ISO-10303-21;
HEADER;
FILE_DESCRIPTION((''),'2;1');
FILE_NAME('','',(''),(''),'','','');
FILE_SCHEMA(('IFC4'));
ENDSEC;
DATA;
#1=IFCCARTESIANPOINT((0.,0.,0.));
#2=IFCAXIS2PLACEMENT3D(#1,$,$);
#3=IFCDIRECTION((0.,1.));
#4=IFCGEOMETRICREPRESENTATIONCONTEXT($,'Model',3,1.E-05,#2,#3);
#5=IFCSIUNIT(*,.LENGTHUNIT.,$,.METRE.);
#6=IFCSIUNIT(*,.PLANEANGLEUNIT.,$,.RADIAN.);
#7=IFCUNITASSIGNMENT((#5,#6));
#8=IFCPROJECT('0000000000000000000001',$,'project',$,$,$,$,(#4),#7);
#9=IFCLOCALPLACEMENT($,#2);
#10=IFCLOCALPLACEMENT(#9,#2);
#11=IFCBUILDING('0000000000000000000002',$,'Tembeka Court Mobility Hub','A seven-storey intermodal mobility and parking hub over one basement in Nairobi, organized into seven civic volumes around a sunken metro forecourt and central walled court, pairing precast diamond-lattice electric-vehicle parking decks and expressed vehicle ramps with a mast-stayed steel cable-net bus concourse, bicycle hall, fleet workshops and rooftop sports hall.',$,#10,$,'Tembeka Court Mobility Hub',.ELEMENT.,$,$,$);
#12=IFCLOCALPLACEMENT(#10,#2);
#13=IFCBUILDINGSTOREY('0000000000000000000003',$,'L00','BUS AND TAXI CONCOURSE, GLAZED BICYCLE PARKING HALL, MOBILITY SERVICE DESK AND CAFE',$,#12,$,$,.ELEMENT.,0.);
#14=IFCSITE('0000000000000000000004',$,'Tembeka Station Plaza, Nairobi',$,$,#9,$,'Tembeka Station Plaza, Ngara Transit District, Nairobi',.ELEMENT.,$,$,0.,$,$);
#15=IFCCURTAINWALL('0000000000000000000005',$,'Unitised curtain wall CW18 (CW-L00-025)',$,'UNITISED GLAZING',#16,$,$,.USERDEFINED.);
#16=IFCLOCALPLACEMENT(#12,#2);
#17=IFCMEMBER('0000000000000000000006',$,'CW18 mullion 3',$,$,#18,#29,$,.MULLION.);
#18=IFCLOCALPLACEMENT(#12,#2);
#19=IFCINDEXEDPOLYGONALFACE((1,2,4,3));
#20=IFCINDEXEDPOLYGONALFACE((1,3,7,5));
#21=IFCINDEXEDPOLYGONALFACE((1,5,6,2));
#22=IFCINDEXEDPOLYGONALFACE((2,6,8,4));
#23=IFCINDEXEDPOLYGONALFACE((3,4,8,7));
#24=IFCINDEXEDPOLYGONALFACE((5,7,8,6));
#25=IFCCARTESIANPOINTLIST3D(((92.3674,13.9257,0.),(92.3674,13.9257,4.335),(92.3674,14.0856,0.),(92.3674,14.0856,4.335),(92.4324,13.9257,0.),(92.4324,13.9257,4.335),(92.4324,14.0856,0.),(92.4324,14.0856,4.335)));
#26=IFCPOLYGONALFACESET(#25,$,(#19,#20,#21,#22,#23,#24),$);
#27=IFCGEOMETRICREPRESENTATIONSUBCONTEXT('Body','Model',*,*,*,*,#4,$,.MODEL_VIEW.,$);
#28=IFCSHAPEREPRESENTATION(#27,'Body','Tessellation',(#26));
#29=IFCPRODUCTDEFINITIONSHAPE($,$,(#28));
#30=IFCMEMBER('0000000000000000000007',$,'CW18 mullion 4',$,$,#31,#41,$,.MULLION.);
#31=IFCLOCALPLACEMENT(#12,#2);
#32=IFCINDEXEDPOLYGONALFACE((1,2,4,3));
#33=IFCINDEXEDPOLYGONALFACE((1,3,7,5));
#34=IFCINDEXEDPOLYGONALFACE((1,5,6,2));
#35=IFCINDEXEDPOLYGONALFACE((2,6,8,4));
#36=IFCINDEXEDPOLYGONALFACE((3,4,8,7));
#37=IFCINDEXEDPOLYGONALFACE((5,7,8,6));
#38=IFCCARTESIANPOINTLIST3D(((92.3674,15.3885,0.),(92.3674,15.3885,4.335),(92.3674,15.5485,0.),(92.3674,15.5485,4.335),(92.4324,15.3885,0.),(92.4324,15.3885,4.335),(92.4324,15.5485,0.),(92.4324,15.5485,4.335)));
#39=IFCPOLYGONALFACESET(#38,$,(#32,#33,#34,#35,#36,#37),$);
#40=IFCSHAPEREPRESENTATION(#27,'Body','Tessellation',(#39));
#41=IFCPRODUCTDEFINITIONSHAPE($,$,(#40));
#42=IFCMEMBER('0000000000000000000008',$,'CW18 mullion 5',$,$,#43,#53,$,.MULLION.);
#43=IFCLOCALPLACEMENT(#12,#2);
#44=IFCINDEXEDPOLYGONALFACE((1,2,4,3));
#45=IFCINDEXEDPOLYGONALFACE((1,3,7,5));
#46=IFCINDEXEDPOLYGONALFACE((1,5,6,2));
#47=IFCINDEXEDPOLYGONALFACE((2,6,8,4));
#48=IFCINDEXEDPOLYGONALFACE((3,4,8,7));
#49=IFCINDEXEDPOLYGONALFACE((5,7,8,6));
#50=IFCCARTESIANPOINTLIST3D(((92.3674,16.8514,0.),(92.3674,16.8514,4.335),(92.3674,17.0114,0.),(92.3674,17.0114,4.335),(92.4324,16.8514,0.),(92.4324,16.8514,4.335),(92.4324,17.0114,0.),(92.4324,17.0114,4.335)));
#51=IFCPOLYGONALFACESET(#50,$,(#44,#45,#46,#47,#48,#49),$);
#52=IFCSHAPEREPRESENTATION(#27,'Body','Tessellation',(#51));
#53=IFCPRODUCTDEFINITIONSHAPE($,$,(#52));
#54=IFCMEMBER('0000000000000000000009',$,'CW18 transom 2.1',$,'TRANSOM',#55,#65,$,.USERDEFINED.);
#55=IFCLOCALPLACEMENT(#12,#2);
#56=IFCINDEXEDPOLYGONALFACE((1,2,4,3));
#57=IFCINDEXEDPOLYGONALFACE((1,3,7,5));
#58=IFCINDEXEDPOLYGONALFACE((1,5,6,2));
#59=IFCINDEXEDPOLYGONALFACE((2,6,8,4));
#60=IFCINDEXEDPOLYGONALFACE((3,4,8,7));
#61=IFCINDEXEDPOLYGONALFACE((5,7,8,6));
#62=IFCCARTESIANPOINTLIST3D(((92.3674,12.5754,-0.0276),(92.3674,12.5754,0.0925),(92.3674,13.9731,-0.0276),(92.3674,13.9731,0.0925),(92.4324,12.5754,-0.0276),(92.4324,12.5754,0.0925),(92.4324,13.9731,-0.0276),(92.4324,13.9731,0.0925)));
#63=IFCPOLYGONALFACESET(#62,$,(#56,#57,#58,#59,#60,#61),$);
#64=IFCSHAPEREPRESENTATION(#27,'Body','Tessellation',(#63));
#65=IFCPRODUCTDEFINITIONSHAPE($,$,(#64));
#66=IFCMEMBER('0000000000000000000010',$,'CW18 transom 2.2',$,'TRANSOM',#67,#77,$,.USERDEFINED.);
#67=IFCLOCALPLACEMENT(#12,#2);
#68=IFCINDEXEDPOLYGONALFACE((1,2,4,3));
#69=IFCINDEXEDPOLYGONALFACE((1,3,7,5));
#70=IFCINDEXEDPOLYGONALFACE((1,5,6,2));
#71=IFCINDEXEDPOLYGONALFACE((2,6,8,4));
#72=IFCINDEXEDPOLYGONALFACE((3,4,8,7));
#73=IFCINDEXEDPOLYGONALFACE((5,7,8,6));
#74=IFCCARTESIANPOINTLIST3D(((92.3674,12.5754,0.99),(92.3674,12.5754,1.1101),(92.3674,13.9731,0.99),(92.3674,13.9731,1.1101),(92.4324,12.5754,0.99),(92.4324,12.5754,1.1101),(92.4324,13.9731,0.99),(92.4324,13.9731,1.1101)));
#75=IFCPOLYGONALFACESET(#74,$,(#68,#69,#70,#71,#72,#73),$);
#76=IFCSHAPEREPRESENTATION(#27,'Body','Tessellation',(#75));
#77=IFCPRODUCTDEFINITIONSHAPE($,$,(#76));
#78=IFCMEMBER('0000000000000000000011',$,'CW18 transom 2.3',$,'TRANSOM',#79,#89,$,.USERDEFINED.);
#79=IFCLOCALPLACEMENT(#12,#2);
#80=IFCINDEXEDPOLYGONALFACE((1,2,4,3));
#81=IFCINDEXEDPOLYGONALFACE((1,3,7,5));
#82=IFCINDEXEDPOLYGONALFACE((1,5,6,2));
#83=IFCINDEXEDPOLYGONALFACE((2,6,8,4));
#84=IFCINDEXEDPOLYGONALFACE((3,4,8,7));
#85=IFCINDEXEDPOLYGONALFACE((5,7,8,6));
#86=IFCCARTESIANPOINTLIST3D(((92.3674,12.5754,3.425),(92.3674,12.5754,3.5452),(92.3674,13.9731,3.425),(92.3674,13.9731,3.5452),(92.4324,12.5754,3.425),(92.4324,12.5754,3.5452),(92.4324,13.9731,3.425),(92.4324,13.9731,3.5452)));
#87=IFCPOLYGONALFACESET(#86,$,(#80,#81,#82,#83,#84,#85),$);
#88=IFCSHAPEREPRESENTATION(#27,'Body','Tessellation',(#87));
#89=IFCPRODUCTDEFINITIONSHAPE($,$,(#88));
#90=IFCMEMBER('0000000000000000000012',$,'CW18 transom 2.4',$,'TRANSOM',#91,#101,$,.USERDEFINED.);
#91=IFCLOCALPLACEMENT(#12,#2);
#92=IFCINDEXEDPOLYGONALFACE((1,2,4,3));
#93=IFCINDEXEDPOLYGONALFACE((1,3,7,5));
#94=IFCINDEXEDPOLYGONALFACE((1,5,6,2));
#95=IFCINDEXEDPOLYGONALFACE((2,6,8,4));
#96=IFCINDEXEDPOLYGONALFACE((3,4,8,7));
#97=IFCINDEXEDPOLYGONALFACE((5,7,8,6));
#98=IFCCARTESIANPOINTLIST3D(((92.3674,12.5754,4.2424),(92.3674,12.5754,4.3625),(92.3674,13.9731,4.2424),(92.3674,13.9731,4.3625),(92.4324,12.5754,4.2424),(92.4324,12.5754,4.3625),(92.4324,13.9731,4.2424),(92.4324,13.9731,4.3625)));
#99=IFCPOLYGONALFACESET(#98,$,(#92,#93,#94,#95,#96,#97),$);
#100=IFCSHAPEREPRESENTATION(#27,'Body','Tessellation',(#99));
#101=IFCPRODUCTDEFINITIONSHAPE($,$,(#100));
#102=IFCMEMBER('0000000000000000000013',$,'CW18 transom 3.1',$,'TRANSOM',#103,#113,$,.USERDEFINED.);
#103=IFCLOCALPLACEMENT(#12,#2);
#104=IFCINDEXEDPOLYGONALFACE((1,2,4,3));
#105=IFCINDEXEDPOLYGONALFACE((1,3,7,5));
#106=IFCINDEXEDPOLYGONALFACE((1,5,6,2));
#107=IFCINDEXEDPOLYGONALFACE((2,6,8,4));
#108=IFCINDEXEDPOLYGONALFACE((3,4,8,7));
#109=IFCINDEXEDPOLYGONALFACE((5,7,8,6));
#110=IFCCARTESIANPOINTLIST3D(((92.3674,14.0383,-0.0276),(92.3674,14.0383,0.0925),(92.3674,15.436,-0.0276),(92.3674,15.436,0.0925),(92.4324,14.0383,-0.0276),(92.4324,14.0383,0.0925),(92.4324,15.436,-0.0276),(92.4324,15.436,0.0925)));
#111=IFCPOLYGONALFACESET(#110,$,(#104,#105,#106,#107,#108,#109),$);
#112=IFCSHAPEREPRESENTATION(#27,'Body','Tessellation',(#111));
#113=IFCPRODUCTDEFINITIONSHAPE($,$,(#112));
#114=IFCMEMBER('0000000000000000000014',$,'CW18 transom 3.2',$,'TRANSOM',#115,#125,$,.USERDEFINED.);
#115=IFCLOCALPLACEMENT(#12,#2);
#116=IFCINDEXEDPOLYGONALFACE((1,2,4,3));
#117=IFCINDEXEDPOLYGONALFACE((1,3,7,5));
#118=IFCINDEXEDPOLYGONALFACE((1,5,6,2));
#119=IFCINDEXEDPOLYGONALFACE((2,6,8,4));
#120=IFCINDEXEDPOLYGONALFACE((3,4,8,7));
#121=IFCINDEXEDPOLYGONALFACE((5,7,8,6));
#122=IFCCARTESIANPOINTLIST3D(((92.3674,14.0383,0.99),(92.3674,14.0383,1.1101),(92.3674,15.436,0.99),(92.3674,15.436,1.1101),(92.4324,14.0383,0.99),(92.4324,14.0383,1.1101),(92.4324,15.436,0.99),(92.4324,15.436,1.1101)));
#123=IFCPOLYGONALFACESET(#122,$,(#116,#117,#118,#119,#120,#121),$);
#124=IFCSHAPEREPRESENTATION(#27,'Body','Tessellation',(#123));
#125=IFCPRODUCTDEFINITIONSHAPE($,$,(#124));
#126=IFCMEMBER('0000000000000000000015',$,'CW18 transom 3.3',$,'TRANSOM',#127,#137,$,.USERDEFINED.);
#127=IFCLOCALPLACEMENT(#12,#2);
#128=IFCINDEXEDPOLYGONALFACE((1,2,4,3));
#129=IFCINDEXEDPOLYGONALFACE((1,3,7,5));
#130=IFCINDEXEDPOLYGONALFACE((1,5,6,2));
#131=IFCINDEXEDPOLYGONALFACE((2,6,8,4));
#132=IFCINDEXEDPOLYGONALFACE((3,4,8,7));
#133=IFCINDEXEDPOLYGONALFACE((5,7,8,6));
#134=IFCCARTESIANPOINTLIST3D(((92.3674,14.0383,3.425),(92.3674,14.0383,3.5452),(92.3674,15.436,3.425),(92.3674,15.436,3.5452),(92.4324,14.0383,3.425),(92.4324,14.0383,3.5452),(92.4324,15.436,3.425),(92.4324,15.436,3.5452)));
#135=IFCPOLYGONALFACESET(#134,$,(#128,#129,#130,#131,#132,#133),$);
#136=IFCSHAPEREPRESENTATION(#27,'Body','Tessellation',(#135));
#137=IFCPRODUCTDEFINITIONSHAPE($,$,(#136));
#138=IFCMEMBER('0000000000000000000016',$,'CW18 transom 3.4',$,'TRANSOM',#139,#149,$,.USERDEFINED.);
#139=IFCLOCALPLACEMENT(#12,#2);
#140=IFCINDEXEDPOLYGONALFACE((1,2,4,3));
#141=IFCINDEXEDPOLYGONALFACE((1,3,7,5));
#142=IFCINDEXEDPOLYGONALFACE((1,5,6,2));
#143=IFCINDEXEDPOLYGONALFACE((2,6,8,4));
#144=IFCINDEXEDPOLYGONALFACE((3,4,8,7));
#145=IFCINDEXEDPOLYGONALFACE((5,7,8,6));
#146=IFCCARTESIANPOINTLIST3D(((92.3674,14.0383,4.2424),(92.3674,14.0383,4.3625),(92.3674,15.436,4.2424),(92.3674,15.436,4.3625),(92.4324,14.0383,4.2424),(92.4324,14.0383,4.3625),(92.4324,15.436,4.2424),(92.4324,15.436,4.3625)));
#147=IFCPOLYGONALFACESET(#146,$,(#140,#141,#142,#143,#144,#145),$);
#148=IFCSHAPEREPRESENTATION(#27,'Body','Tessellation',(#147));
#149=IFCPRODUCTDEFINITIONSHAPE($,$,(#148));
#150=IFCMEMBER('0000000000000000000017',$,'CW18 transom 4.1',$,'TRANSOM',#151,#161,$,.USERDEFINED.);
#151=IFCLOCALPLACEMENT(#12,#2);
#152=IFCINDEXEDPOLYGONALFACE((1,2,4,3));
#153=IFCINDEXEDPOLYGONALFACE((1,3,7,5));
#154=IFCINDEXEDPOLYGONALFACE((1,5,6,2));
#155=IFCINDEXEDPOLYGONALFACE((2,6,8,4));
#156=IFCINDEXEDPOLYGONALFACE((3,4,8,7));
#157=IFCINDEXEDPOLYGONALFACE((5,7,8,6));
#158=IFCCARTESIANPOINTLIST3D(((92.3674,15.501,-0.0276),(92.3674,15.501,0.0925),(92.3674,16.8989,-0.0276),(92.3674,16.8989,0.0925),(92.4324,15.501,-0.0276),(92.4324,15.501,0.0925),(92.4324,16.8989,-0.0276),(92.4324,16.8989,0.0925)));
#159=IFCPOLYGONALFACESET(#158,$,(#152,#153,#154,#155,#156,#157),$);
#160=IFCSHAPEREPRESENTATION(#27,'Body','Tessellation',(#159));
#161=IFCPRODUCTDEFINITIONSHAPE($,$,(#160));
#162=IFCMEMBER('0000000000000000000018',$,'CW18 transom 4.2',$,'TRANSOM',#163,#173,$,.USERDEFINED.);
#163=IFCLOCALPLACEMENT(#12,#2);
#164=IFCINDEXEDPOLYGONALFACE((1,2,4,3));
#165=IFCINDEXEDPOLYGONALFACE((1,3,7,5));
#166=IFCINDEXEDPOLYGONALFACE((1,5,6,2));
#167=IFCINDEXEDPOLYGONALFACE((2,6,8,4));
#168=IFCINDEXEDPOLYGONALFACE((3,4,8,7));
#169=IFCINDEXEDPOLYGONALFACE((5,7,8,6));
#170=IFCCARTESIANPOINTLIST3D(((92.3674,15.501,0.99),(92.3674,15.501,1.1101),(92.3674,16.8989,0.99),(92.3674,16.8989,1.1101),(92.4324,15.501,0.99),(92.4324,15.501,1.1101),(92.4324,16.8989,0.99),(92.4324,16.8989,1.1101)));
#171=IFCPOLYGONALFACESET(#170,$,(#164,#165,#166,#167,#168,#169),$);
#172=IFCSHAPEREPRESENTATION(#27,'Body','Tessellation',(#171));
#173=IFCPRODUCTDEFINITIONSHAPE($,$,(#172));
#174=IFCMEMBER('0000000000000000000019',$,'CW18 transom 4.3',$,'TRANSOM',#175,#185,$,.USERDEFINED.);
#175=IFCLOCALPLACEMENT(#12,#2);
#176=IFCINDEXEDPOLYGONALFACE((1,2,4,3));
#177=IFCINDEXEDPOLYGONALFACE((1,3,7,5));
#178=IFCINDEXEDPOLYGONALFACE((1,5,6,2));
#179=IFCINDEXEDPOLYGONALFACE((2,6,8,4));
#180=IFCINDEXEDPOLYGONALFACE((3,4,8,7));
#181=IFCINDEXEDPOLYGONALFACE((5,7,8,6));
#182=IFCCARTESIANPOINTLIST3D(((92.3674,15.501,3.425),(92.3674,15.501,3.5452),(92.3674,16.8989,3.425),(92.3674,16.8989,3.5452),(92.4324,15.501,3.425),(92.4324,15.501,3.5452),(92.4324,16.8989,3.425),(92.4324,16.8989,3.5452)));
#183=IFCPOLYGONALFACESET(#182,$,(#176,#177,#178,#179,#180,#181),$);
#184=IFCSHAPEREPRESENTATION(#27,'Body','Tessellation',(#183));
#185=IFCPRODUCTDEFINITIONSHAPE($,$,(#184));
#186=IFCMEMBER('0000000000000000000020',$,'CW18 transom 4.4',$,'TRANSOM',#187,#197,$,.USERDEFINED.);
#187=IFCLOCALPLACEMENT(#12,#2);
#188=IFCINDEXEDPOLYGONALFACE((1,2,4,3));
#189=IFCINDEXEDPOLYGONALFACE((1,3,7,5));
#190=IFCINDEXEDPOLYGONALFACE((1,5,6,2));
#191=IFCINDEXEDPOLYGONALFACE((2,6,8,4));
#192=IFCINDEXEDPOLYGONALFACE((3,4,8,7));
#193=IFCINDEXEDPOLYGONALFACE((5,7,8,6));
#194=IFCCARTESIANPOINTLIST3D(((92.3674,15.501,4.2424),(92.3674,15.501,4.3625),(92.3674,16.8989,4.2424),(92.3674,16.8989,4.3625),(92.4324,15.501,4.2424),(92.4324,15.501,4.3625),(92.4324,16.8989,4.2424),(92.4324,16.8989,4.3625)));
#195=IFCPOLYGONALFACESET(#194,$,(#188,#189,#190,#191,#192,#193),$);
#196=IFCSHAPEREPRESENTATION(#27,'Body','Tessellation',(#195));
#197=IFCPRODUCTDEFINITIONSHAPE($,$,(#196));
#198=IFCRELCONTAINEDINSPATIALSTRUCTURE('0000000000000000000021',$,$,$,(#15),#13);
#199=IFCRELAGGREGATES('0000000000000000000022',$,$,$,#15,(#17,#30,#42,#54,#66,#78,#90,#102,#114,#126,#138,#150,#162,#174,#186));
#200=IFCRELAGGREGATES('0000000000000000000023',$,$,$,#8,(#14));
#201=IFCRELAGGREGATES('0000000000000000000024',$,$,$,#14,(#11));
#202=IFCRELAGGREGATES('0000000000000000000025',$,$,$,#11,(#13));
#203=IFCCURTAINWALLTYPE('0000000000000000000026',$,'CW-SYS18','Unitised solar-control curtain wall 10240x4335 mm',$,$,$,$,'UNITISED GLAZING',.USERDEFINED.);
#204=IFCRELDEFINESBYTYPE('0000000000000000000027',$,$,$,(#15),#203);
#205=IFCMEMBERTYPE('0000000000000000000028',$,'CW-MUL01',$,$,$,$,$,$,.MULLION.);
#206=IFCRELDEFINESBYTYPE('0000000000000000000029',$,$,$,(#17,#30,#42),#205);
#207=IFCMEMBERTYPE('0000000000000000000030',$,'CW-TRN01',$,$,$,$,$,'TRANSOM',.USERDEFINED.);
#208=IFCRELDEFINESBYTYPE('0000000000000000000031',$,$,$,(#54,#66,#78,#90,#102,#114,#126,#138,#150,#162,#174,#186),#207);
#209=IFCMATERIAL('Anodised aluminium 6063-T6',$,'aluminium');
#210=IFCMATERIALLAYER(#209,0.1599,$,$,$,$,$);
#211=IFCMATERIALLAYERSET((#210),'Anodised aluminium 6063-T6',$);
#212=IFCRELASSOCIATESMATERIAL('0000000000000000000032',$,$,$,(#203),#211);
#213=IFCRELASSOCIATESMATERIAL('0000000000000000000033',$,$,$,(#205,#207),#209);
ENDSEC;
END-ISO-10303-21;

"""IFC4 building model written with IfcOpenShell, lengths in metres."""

from ifc_helpers import new_model, si_unit, direction, frame, origin, origin_2d, place, context, subcontext, project, spatial, rectangle, extrude, material, layer, layer_set, material_profile, profile_set, type_object, element, aggregate, save


model = new_model("IFC4")

# Units and contexts
model_context = context("Model", 3, precision=1e-05, world=origin(), true_north=direction((0.0, 1.0)))
body_context = subcontext(model_context, "Body", "Model", "MODEL_VIEW")
ifc_project = project(units=[si_unit("LENGTHUNIT", "METRE"), si_unit("PLANEANGLEUNIT", "RADIAN")], contexts=[model_context])

# Site, building, storey
site_placement = place(None, origin())
site = spatial("IfcSite", under=ifc_project, at=site_placement, Name="Tembeka Station Plaza, Nairobi", LongName="Tembeka Station Plaza, Ngara Transit District, Nairobi", CompositionType="ELEMENT", RefElevation=0.0)
building_placement = place(site_placement, origin())
building = spatial("IfcBuilding", under=site, at=building_placement, Name="Tembeka Court Mobility Hub", Description="A seven-storey intermodal mobility and parking hub over one basement in Nairobi, organized into seven civic volumes around a sunken metro forecourt and central walled court, pairing precast diamond-lattice electric-vehicle parking decks and expressed vehicle ramps with a mast-stayed steel cable-net bus concourse, bicycle hall, fleet workshops and rooftop sports hall.", LongName="Tembeka Court Mobility Hub", CompositionType="ELEMENT")
storey_placement = place(building_placement, origin())
storey = spatial("IfcBuildingStorey", under=building, at=storey_placement, Name="L00", Description="BUS AND TAXI CONCOURSE, GLAZED BICYCLE PARKING HALL, MOBILITY SERVICE DESK AND CAFE", CompositionType="ELEMENT", Elevation=0.0)

# Curtain wall, members
ifc_material_1 = material(Name="Anodised aluminium 6063-T6", Category="aluminium")
ifc_layer_1 = layer(ifc_material_1, 0.1599)
ifc_layer_set_1 = layer_set([ifc_layer_1], Name="Anodised aluminium 6063-T6")
curtain_wall_type = type_object("IfcCurtainWallType", Name="CW-SYS18", Description="Unitised solar-control curtain wall 10240x4335 mm", ElementType="UNITISED GLAZING", PredefinedType="USERDEFINED", material=ifc_layer_set_1)
curtain_wall_placement = place(storey_placement, origin())
curtain_wall = element("IfcCurtainWall", 1, at=curtain_wall_placement, inside=storey, type_object=curtain_wall_type, Name="Unitised curtain wall CW18 (CW-L00-025)", ObjectType="UNITISED GLAZING", PredefinedType="USERDEFINED")
ifc_material_profile_1 = material_profile(ifc_material_1, rectangle(XDim=0.0649, YDim=0.1599, at=origin_2d()), Name="ALU-MUL 65x160")
ifc_profile_set_1 = profile_set([ifc_material_profile_1], Name="Anodised aluminium 6063-T6")
member_type_1 = type_object("IfcMemberType", Name="CW-MUL01", PredefinedType="MULLION", material=ifc_profile_set_1)
member_1_placement = place(storey_placement, frame((92.3999, 14.0056, 0.0), z_axis=(0.0, 0.0, 1.0), x_axis=(-1.0, 0.0, 0.0)))
member_1 = element("IfcMember", 2, at=member_1_placement, type_object=member_type_1, Name="CW18 mullion 3", PredefinedType="MULLION", context=body_context, shape_type="SweptSolid", body=[
    extrude(rectangle(XDim=0.0649, YDim=0.1599, at=origin_2d()), origin(), (0.0, 0.0, 1.0), 4.335),
])
member_2_placement = place(storey_placement, frame((92.3999, 15.4685, 0.0), z_axis=(0.0, 0.0, 1.0), x_axis=(-1.0, 0.0, 0.0)))
member_2 = element("IfcMember", 3, at=member_2_placement, type_object=member_type_1, Name="CW18 mullion 4", PredefinedType="MULLION", context=body_context, shape_type="SweptSolid", body=[
    extrude(rectangle(XDim=0.0649, YDim=0.1599, at=origin_2d()), origin(), (0.0, 0.0, 1.0), 4.335),
])
member_3_placement = place(storey_placement, frame((92.3999, 16.9314, 0.0), z_axis=(0.0, 0.0, 1.0), x_axis=(-1.0, 0.0, 0.0)))
member_3 = element("IfcMember", 4, at=member_3_placement, type_object=member_type_1, Name="CW18 mullion 5", PredefinedType="MULLION", context=body_context, shape_type="SweptSolid", body=[
    extrude(rectangle(XDim=0.0649, YDim=0.1599, at=origin_2d()), origin(), (0.0, 0.0, 1.0), 4.335),
])
ifc_material_profile_2 = material_profile(ifc_material_1, rectangle(XDim=0.0649, YDim=0.1201, at=origin_2d()), Name="ALU-TRN 65x120")
ifc_profile_set_2 = profile_set([ifc_material_profile_2], Name="Anodised aluminium 6063-T6")
member_type_2 = type_object("IfcMemberType", Name="CW-TRN01", ElementType="TRANSOM", PredefinedType="USERDEFINED", material=ifc_profile_set_2)
member_4_placement = place(storey_placement, frame((92.3999, 12.5754, 0.0325), z_axis=(0.0, 1.0, 0.0), x_axis=(-1.0, 0.0, 0.0)))
member_4 = element("IfcMember", 5, at=member_4_placement, type_object=member_type_2, Name="CW18 transom 2.1", ObjectType="TRANSOM", PredefinedType="USERDEFINED", context=body_context, shape_type="SweptSolid", body=[
    extrude(rectangle(XDim=0.0649, YDim=0.1201, at=origin_2d()), origin(), (0.0, 0.0, 1.0), 1.3977),
])
member_5_placement = place(storey_placement, frame((92.3999, 12.5754, 1.05), z_axis=(0.0, 1.0, 0.0), x_axis=(-1.0, 0.0, 0.0)))
member_5 = element("IfcMember", 6, at=member_5_placement, type_object=member_type_2, Name="CW18 transom 2.2", ObjectType="TRANSOM", PredefinedType="USERDEFINED", context=body_context, shape_type="SweptSolid", body=[
    extrude(rectangle(XDim=0.0649, YDim=0.1201, at=origin_2d()), origin(), (0.0, 0.0, 1.0), 1.3977),
])
member_6_placement = place(storey_placement, frame((92.3999, 12.5754, 3.4851), z_axis=(0.0, 1.0, 0.0), x_axis=(-1.0, 0.0, 0.0)))
member_6 = element("IfcMember", 7, at=member_6_placement, type_object=member_type_2, Name="CW18 transom 2.3", ObjectType="TRANSOM", PredefinedType="USERDEFINED", context=body_context, shape_type="SweptSolid", body=[
    extrude(rectangle(XDim=0.0649, YDim=0.1201, at=origin_2d()), origin(), (0.0, 0.0, 1.0), 1.3977),
])
member_7_placement = place(storey_placement, frame((92.3999, 12.5754, 4.3025), z_axis=(0.0, 1.0, 0.0), x_axis=(-1.0, 0.0, 0.0)))
member_7 = element("IfcMember", 8, at=member_7_placement, type_object=member_type_2, Name="CW18 transom 2.4", ObjectType="TRANSOM", PredefinedType="USERDEFINED", context=body_context, shape_type="SweptSolid", body=[
    extrude(rectangle(XDim=0.0649, YDim=0.1201, at=origin_2d()), origin(), (0.0, 0.0, 1.0), 1.3977),
])
member_8_placement = place(storey_placement, frame((92.3999, 14.0383, 0.0325), z_axis=(0.0, 1.0, 0.0), x_axis=(-1.0, 0.0, 0.0)))
member_8 = element("IfcMember", 9, at=member_8_placement, type_object=member_type_2, Name="CW18 transom 3.1", ObjectType="TRANSOM", PredefinedType="USERDEFINED", context=body_context, shape_type="SweptSolid", body=[
    extrude(rectangle(XDim=0.0649, YDim=0.1201, at=origin_2d()), origin(), (0.0, 0.0, 1.0), 1.3977),
])
member_9_placement = place(storey_placement, frame((92.3999, 14.0383, 1.05), z_axis=(0.0, 1.0, 0.0), x_axis=(-1.0, 0.0, 0.0)))
member_9 = element("IfcMember", 10, at=member_9_placement, type_object=member_type_2, Name="CW18 transom 3.2", ObjectType="TRANSOM", PredefinedType="USERDEFINED", context=body_context, shape_type="SweptSolid", body=[
    extrude(rectangle(XDim=0.0649, YDim=0.1201, at=origin_2d()), origin(), (0.0, 0.0, 1.0), 1.3977),
])
member_10_placement = place(storey_placement, frame((92.3999, 14.0383, 3.4851), z_axis=(0.0, 1.0, 0.0), x_axis=(-1.0, 0.0, 0.0)))
member_10 = element("IfcMember", 11, at=member_10_placement, type_object=member_type_2, Name="CW18 transom 3.3", ObjectType="TRANSOM", PredefinedType="USERDEFINED", context=body_context, shape_type="SweptSolid", body=[
    extrude(rectangle(XDim=0.0649, YDim=0.1201, at=origin_2d()), origin(), (0.0, 0.0, 1.0), 1.3977),
])
member_11_placement = place(storey_placement, frame((92.3999, 14.0383, 4.3025), z_axis=(0.0, 1.0, 0.0), x_axis=(-1.0, 0.0, 0.0)))
member_11 = element("IfcMember", 12, at=member_11_placement, type_object=member_type_2, Name="CW18 transom 3.4", ObjectType="TRANSOM", PredefinedType="USERDEFINED", context=body_context, shape_type="SweptSolid", body=[
    extrude(rectangle(XDim=0.0649, YDim=0.1201, at=origin_2d()), origin(), (0.0, 0.0, 1.0), 1.3977),
])
member_12_placement = place(storey_placement, frame((92.3999, 15.501, 0.0325), z_axis=(0.0, 1.0, 0.0), x_axis=(-1.0, 0.0, 0.0)))
member_12 = element("IfcMember", 13, at=member_12_placement, type_object=member_type_2, Name="CW18 transom 4.1", ObjectType="TRANSOM", PredefinedType="USERDEFINED", context=body_context, shape_type="SweptSolid", body=[
    extrude(rectangle(XDim=0.0649, YDim=0.1201, at=origin_2d()), origin(), (0.0, 0.0, 1.0), 1.3979),
])
member_13_placement = place(storey_placement, frame((92.3999, 15.501, 1.05), z_axis=(0.0, 1.0, 0.0), x_axis=(-1.0, 0.0, 0.0)))
member_13 = element("IfcMember", 14, at=member_13_placement, type_object=member_type_2, Name="CW18 transom 4.2", ObjectType="TRANSOM", PredefinedType="USERDEFINED", context=body_context, shape_type="SweptSolid", body=[
    extrude(rectangle(XDim=0.0649, YDim=0.1201, at=origin_2d()), origin(), (0.0, 0.0, 1.0), 1.3979),
])
member_14_placement = place(storey_placement, frame((92.3999, 15.501, 3.4851), z_axis=(0.0, 1.0, 0.0), x_axis=(-1.0, 0.0, 0.0)))
member_14 = element("IfcMember", 15, at=member_14_placement, type_object=member_type_2, Name="CW18 transom 4.3", ObjectType="TRANSOM", PredefinedType="USERDEFINED", context=body_context, shape_type="SweptSolid", body=[
    extrude(rectangle(XDim=0.0649, YDim=0.1201, at=origin_2d()), origin(), (0.0, 0.0, 1.0), 1.3979),
])
member_15_placement = place(storey_placement, frame((92.3999, 15.501, 4.3025), z_axis=(0.0, 1.0, 0.0), x_axis=(-1.0, 0.0, 0.0)))
member_15 = element("IfcMember", 16, at=member_15_placement, type_object=member_type_2, Name="CW18 transom 4.4", ObjectType="TRANSOM", PredefinedType="USERDEFINED", context=body_context, shape_type="SweptSolid", body=[
    extrude(rectangle(XDim=0.0649, YDim=0.1201, at=origin_2d()), origin(), (0.0, 0.0, 1.0), 1.3979),
])
aggregate(curtain_wall, [member_1, member_2, member_3, member_4, member_5, member_6, member_7, member_8, member_9, member_10, member_11, member_12, member_13, member_14, member_15])

save(model, "model.ifc")
